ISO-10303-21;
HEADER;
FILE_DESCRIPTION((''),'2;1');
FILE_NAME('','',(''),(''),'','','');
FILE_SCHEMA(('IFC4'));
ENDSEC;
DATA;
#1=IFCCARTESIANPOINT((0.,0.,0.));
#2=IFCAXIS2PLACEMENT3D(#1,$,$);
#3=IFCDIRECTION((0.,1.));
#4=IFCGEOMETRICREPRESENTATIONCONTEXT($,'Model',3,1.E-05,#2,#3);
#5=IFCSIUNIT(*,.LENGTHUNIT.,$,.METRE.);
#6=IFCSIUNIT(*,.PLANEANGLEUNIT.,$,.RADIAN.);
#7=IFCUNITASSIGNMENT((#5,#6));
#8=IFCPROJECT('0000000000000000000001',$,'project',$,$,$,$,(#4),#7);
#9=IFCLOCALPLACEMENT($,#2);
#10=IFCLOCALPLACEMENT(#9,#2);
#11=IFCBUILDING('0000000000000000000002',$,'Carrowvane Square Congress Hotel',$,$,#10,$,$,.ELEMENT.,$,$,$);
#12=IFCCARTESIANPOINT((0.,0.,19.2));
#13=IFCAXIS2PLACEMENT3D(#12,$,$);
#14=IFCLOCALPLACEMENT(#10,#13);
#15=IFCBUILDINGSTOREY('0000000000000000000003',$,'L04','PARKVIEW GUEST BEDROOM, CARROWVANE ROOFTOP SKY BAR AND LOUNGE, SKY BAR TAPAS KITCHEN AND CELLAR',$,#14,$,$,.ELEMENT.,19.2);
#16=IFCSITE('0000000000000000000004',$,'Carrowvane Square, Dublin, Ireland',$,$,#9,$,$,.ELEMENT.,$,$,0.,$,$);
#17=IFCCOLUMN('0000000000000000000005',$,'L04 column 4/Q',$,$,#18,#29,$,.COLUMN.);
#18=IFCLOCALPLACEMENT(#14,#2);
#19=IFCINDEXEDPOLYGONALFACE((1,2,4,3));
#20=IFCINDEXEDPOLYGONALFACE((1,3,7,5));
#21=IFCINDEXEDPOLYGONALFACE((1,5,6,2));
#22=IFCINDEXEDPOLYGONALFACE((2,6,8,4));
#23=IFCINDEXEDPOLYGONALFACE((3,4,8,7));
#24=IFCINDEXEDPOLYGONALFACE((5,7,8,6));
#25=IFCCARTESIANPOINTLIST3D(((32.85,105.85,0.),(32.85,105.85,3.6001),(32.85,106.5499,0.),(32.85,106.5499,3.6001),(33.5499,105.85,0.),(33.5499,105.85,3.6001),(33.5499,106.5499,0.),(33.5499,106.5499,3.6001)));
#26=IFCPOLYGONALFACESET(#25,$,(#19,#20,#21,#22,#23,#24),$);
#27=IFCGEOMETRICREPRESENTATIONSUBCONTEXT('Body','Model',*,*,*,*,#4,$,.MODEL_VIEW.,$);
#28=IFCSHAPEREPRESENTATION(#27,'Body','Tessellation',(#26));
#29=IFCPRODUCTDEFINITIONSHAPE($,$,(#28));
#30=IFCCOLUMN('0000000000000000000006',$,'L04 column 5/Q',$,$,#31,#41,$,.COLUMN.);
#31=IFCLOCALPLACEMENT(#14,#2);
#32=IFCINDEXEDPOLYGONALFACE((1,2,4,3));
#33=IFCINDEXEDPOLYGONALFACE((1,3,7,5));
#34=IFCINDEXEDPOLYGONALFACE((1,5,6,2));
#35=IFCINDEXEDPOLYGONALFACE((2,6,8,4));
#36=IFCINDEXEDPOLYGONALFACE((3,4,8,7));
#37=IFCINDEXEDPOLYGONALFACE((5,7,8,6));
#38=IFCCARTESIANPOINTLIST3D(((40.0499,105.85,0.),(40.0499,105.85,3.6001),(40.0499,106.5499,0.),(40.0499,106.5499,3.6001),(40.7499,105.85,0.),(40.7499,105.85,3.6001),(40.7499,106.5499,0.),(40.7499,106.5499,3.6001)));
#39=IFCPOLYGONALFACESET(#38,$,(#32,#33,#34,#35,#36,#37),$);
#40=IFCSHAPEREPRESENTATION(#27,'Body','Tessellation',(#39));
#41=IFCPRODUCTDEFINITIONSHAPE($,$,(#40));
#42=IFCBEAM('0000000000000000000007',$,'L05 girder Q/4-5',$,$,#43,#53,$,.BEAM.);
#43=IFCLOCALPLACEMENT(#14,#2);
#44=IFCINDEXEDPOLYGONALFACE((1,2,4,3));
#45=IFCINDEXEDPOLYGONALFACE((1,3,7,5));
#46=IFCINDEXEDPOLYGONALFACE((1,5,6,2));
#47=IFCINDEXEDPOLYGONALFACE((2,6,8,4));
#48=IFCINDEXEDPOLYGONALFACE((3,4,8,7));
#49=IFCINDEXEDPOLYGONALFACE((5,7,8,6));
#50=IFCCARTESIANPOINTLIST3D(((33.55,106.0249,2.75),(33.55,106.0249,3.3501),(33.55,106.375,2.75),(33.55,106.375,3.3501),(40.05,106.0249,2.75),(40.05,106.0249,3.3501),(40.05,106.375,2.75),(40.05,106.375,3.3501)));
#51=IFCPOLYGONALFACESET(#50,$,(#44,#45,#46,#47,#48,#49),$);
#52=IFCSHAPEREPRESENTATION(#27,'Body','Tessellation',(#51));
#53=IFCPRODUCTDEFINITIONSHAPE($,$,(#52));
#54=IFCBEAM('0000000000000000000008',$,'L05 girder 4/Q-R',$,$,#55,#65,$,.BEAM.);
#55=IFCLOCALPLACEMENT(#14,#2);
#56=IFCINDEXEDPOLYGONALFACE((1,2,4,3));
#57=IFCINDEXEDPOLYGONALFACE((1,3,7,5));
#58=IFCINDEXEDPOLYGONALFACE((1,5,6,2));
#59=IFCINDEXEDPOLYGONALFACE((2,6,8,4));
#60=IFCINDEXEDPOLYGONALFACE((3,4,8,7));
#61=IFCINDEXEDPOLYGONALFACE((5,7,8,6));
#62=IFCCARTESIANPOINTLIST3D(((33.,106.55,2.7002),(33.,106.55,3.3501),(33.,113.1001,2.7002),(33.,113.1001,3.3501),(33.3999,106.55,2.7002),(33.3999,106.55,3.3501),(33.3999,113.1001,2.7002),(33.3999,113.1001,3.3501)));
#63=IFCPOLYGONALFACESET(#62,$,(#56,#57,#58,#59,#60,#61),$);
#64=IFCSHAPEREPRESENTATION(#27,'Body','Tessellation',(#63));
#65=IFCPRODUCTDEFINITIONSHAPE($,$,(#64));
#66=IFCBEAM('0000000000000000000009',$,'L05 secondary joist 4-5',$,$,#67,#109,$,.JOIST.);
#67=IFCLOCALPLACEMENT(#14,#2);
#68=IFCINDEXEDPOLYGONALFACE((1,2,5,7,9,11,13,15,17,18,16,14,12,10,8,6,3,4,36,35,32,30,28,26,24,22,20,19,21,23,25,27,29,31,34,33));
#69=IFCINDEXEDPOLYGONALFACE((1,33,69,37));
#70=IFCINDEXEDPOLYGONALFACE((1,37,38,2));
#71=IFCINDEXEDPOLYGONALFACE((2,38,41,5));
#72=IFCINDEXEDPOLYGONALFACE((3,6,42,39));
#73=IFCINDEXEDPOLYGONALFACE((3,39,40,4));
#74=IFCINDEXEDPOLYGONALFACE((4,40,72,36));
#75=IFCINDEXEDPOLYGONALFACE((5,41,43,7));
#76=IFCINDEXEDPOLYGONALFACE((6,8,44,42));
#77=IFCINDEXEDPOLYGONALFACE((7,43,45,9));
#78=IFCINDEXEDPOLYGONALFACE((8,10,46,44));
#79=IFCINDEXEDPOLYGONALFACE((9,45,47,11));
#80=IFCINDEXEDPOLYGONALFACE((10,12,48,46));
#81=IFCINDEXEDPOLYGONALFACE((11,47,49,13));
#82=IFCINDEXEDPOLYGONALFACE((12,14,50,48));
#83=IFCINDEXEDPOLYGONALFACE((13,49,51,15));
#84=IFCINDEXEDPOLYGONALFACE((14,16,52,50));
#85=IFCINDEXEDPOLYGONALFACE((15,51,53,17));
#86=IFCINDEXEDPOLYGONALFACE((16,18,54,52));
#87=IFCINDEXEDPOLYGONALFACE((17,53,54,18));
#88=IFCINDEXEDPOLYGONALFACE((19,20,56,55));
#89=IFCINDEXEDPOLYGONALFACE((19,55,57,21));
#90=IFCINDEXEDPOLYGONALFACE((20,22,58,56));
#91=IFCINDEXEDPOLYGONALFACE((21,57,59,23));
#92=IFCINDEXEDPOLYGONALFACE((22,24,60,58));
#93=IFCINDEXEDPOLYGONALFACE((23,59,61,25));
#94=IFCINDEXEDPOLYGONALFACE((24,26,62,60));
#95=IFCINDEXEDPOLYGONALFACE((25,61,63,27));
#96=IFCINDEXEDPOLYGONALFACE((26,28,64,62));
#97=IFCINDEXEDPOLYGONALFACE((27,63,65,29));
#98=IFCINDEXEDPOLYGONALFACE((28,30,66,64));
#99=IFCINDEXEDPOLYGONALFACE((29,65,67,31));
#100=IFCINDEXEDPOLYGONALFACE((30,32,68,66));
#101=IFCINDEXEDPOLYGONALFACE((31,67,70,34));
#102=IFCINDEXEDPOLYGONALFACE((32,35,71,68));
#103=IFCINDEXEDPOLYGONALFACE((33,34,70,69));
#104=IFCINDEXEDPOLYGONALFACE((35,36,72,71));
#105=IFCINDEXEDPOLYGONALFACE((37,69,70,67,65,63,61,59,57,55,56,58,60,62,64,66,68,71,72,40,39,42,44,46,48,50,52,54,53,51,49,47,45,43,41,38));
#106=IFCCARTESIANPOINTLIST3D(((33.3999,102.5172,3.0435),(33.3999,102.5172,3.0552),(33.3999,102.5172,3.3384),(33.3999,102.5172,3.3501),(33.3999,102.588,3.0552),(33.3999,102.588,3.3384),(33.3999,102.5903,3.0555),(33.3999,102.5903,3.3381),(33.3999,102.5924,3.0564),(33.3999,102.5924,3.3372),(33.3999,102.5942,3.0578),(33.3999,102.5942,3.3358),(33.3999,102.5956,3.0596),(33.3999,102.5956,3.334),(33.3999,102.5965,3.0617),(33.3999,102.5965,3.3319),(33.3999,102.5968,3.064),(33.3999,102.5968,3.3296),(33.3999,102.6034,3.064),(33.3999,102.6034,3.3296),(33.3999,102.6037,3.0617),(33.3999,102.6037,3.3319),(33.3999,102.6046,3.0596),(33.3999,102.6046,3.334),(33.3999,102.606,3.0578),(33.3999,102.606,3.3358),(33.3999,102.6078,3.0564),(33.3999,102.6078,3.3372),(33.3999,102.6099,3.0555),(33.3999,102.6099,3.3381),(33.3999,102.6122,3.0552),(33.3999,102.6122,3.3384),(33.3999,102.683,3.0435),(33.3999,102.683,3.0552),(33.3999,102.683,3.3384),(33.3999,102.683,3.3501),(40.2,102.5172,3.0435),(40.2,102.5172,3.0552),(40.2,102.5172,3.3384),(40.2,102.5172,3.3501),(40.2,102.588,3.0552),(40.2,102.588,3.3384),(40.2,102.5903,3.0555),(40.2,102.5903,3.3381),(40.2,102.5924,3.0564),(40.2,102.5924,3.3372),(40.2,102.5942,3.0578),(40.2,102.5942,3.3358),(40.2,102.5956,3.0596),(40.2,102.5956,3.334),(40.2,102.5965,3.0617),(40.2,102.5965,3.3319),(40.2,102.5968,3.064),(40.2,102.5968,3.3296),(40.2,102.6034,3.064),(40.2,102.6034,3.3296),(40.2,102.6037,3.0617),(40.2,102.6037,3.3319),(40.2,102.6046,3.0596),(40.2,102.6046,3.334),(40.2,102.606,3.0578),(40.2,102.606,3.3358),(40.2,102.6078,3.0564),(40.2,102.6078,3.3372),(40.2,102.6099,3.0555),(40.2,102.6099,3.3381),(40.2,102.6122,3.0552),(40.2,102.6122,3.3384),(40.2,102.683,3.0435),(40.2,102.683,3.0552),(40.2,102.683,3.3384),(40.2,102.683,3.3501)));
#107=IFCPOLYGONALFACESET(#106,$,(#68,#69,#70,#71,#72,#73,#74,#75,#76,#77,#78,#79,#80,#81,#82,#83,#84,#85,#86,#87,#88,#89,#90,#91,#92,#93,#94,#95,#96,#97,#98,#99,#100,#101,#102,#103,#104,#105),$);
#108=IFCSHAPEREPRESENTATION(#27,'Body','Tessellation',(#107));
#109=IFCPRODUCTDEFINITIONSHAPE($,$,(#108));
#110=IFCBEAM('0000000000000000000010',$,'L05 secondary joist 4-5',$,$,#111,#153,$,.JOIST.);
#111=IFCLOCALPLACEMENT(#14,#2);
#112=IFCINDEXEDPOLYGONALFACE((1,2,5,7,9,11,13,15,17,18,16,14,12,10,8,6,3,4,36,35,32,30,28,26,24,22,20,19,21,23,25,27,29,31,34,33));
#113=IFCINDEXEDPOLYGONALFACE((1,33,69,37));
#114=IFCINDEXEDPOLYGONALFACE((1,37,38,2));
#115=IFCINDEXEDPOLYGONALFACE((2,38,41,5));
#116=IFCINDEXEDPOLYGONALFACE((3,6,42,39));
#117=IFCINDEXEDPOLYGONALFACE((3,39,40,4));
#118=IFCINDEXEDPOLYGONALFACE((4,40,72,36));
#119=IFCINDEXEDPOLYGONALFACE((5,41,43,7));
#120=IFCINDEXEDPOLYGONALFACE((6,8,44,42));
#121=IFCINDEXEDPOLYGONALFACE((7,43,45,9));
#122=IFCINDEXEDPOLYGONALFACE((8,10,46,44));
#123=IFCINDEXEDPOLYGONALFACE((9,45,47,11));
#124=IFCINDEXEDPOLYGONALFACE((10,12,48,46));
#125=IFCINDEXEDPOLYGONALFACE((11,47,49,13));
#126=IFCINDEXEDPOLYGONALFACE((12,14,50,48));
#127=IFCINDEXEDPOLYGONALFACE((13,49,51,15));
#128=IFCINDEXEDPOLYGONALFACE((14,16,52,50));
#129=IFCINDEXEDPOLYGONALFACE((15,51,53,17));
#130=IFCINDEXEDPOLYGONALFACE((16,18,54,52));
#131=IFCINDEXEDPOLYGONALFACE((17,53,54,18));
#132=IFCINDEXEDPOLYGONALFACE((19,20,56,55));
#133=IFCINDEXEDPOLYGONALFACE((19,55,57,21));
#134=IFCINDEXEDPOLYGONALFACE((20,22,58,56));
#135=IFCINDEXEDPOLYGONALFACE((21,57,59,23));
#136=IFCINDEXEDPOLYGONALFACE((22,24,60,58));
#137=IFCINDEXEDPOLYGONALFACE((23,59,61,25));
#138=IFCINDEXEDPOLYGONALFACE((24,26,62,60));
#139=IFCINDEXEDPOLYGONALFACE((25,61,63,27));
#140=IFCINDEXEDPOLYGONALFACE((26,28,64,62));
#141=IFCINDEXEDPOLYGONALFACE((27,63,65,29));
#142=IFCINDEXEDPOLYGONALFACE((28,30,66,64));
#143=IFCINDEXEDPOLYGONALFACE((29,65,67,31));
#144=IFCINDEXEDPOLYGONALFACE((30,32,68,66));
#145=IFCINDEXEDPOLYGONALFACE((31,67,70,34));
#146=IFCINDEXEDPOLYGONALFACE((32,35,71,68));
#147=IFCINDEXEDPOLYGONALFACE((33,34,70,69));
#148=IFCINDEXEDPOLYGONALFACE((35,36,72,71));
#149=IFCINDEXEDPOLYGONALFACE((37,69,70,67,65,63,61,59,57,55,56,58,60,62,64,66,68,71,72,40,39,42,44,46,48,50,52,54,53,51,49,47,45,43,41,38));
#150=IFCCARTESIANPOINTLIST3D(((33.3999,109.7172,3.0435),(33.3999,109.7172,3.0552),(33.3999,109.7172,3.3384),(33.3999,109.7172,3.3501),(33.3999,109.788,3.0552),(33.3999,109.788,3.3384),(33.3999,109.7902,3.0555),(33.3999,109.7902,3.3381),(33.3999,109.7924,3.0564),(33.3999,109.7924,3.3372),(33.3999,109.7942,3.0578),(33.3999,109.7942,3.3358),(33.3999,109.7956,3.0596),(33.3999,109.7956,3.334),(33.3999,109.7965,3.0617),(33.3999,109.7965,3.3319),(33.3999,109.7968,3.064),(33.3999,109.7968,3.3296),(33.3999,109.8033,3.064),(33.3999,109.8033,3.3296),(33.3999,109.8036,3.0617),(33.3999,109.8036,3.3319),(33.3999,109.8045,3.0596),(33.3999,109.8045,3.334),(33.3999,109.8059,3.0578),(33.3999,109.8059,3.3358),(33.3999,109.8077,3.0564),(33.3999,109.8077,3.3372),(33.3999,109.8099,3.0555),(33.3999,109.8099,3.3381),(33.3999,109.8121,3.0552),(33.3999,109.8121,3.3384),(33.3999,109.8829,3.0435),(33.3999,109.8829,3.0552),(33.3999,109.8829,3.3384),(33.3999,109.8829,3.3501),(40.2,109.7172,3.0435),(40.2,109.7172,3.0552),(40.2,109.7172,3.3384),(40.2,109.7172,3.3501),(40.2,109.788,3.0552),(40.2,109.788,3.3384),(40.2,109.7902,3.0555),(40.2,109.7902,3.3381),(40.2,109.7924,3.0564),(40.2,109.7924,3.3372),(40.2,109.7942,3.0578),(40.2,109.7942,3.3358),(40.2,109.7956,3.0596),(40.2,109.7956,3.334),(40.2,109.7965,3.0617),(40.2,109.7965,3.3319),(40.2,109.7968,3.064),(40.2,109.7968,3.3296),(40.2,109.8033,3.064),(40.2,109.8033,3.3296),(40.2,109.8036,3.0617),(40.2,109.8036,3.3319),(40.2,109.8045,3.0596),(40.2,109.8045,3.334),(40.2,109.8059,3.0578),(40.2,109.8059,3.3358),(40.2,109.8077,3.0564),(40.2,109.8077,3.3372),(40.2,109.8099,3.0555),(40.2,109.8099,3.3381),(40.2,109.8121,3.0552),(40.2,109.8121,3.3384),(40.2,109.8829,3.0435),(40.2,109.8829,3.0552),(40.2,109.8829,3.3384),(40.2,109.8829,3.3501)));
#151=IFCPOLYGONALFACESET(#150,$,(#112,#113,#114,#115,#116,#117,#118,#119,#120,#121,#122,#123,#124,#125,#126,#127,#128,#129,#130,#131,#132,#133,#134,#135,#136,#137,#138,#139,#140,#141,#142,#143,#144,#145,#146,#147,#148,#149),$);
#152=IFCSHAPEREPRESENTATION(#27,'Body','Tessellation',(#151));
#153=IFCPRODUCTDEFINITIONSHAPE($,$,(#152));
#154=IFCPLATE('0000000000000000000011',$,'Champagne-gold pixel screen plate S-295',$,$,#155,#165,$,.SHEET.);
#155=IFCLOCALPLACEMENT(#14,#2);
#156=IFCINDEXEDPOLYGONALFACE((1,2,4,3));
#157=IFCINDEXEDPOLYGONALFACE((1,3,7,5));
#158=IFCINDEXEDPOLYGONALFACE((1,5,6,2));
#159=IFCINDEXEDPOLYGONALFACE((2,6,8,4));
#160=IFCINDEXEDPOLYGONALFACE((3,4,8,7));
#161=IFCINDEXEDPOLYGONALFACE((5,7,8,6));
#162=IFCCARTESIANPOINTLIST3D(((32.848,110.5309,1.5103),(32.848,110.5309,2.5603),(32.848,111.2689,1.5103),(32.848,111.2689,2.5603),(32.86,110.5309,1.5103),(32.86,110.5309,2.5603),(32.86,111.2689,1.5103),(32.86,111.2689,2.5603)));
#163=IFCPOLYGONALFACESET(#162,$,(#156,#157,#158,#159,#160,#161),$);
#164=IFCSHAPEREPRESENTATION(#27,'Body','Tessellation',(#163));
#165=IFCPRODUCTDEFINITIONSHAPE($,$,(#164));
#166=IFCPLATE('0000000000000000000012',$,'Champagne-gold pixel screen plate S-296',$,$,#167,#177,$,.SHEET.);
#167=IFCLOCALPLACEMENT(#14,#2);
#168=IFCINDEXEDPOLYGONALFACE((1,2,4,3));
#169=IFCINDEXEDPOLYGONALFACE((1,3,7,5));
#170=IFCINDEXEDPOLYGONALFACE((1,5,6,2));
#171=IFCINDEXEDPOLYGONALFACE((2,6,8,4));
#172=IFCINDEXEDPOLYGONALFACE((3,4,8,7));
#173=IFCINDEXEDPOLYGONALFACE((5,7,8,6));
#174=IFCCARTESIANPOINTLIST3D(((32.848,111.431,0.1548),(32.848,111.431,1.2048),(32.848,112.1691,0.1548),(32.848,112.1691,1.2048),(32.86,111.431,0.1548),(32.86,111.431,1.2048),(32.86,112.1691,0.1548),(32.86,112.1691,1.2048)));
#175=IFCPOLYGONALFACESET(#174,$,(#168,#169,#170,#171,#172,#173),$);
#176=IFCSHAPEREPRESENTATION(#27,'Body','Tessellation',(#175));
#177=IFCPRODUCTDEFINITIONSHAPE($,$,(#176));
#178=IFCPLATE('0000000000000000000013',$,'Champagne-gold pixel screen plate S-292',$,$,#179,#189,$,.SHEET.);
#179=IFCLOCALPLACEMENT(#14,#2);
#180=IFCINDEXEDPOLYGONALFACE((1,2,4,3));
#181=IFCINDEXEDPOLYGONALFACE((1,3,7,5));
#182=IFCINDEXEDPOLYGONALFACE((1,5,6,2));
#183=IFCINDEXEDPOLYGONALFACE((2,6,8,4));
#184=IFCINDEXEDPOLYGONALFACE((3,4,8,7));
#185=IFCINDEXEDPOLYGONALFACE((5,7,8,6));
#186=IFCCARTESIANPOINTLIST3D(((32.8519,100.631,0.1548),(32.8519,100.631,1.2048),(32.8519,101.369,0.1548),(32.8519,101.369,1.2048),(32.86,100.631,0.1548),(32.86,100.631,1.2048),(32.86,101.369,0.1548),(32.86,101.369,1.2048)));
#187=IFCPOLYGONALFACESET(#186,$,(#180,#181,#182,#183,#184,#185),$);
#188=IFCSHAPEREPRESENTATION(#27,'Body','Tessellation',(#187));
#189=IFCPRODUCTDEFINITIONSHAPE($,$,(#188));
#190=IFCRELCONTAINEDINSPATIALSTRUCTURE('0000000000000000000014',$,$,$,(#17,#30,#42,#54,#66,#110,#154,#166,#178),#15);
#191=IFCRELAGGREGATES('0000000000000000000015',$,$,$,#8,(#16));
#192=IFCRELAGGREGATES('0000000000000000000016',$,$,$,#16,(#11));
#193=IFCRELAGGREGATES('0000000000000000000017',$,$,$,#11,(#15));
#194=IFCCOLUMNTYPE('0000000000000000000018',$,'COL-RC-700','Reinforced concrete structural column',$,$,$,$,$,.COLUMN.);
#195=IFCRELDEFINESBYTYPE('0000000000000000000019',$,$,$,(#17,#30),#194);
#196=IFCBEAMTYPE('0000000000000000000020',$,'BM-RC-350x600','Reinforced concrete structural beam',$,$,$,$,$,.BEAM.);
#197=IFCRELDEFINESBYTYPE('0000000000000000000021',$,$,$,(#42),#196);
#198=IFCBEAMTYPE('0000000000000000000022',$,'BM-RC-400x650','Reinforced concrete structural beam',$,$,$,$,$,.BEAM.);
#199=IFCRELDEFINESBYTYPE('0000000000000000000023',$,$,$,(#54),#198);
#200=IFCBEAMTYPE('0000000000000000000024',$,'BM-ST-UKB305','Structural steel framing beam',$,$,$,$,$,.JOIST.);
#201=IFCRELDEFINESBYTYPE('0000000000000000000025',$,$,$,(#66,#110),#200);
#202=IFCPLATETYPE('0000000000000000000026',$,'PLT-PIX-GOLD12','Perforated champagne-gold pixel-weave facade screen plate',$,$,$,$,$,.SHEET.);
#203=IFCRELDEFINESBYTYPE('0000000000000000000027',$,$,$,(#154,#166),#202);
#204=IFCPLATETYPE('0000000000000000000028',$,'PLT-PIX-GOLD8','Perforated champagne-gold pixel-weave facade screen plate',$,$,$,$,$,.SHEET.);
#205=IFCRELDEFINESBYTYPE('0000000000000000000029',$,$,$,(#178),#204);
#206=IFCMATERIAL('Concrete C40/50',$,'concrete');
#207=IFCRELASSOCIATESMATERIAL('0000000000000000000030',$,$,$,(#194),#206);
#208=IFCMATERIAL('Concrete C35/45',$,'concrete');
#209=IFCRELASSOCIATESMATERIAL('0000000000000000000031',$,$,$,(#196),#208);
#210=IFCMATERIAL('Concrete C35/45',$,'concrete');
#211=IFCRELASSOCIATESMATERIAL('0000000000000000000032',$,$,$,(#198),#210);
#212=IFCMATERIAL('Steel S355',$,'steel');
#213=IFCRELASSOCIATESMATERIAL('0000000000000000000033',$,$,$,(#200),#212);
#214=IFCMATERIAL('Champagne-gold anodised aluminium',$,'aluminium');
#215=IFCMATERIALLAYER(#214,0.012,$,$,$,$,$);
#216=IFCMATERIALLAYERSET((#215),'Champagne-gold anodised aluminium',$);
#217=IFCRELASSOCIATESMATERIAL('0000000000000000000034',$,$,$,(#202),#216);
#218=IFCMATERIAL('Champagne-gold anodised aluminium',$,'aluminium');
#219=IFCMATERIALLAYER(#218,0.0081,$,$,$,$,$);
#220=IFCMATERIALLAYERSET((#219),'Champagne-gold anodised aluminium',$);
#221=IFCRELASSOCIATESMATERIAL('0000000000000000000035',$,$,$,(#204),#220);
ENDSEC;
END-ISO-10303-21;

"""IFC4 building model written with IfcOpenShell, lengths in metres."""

from ifc_helpers import new_model, si_unit, direction, frame, origin, origin_2d, place, context, subcontext, project, spatial, rectangle, i_section, extrude, material, layer, layer_set, material_profile, profile_set, type_object, element, save


model = new_model("IFC4")

# Units and contexts
model_context = context("Model", 3, precision=1e-05, world=origin(), true_north=direction((0.0, 1.0)))
body_context = subcontext(model_context, "Body", "Model", "MODEL_VIEW")
ifc_project = project(units=[si_unit("LENGTHUNIT", "METRE"), si_unit("PLANEANGLEUNIT", "RADIAN")], contexts=[model_context])

# Site, building, storey
site_placement = place(None, origin())
site = spatial("IfcSite", under=ifc_project, at=site_placement, Name="Carrowvane Square, Dublin, Ireland", CompositionType="ELEMENT", RefElevation=0.0)
building_placement = place(site_placement, origin())
building = spatial("IfcBuilding", under=site, at=building_placement, Name="Carrowvane Square Congress Hotel", CompositionType="ELEMENT")
storey_placement = place(building_placement, frame((0.0, 0.0, 19.2)))
storey = spatial("IfcBuildingStorey", under=building, at=storey_placement, Name="L04", Description="PARKVIEW GUEST BEDROOM, CARROWVANE ROOFTOP SKY BAR AND LOUNGE, SKY BAR TAPAS KITCHEN AND CELLAR", CompositionType="ELEMENT", Elevation=19.2)

# Columns
ifc_material_1 = material(Name="Concrete C40/50", Category="concrete")
ifc_material_profile_1 = material_profile(ifc_material_1, rectangle(XDim=0.7, YDim=0.7, at=origin_2d()), Name="RC 700x700")
ifc_profile_set_1 = profile_set([ifc_material_profile_1], Name="Concrete C40/50")
column_type = type_object("IfcColumnType", Name="COL-RC-700", Description="Reinforced concrete structural column", PredefinedType="COLUMN", material=ifc_profile_set_1)
for number, where, z_axis, x_axis, name in (
    (1, (33.2, 106.2, 0.0), (0.0, 0.0, 1.0), (1.0, 0.0, 0.0), "L04 column 4/Q"),
    (2, (40.3999, 106.2, 0.0), (0.0, 0.0, 1.0), (1.0, 0.0, 0.0), "L04 column 5/Q"),
):
    element("IfcColumn", number, at=place(storey_placement, frame(where, z_axis=z_axis, x_axis=x_axis)), inside=storey, type_object=column_type, Name=name, PredefinedType="COLUMN", context=body_context, shape_type="SweptSolid", body=[
        extrude(rectangle(XDim=0.7, YDim=0.7, at=origin_2d()), origin(), (0.0, 0.0, 1.0), 3.6001),
    ])

# Beams
ifc_material_2 = material(Name="Concrete C35/45", Category="concrete")
ifc_material_profile_2 = material_profile(ifc_material_2, rectangle(XDim=0.3501, YDim=0.6001, at=origin_2d()), Name="RC 350x600")
ifc_profile_set_2 = profile_set([ifc_material_profile_2], Name="Concrete C35/45")
beam_type_1 = type_object("IfcBeamType", Name="BM-RC-350x600", Description="Reinforced concrete structural beam", PredefinedType="BEAM", material=ifc_profile_set_2)
beam_1_placement = place(storey_placement, frame((33.55, 106.2, 3.05), z_axis=(1.0, 0.0, 0.0), x_axis=(0.0, 1.0, 0.0)))
element("IfcBeam", 3, at=beam_1_placement, inside=storey, type_object=beam_type_1, Name="L05 girder Q/4-5", PredefinedType="BEAM", context=body_context, shape_type="SweptSolid", body=[
    extrude(rectangle(XDim=0.3501, YDim=0.6001, at=origin_2d()), origin(), (0.0, 0.0, 1.0), 6.5),
])
ifc_material_3 = material(Name="Concrete C35/45", Category="concrete")
ifc_material_profile_3 = material_profile(ifc_material_3, rectangle(XDim=0.3999, YDim=0.6499, at=origin_2d()), Name="RC 400x650")
ifc_profile_set_3 = profile_set([ifc_material_profile_3], Name="Concrete C35/45")
beam_type_2 = type_object("IfcBeamType", Name="BM-RC-400x650", Description="Reinforced concrete structural beam", PredefinedType="BEAM", material=ifc_profile_set_3)
beam_2_placement = place(storey_placement, frame((33.2, 106.55, 3.0251), z_axis=(0.0, 1.0, 0.0), x_axis=(-1.0, 0.0, 0.0)))
element("IfcBeam", 4, at=beam_2_placement, inside=storey, type_object=beam_type_2, Name="L05 girder 4/Q-R", PredefinedType="BEAM", context=body_context, shape_type="SweptSolid", body=[
    extrude(rectangle(XDim=0.3999, YDim=0.6499, at=origin_2d()), origin(), (0.0, 0.0, 1.0), 6.55),
])
ifc_material_4 = material(Name="Steel S355", Category="steel")
ifc_material_profile_4 = material_profile(ifc_material_4, i_section(OverallWidth=0.1658, OverallDepth=0.3066, WebThickness=0.0066, FlangeThickness=0.0117, FilletRadius=0.0088, at=origin_2d()), Name="UKB 305x165x46")
ifc_profile_set_4 = profile_set([ifc_material_profile_4], Name="Steel S355")
beam_type_3 = type_object("IfcBeamType", Name="BM-ST-UKB305", Description="Structural steel framing beam", PredefinedType="JOIST", material=ifc_profile_set_4)
for number, where, z_axis, x_axis, name in (
    (5, (33.3999, 102.6001, 3.1968), (1.0, 0.0, 0.0), (0.0, 1.0, 0.0), "L05 secondary joist 4-5"),
    (6, (33.3999, 109.8, 3.1968), (1.0, 0.0, 0.0), (0.0, 1.0, 0.0), "L05 secondary joist 4-5"),
):
    element("IfcBeam", number, at=place(storey_placement, frame(where, z_axis=z_axis, x_axis=x_axis)), inside=storey, type_object=beam_type_3, Name=name, PredefinedType="JOIST", context=body_context, shape_type="SweptSolid", body=[
        extrude(i_section(OverallWidth=0.1658, OverallDepth=0.3066, WebThickness=0.0066, FlangeThickness=0.0117, FilletRadius=0.0088, at=origin_2d()), origin(), (0.0, 0.0, 1.0), 6.8),
    ])

# Plates
ifc_material_5 = material(Name="Champagne-gold anodised aluminium", Category="aluminium")
ifc_layer_1 = layer(ifc_material_5, 0.012)
ifc_layer_set_1 = layer_set([ifc_layer_1], Name="Champagne-gold anodised aluminium")
plate_type_1 = type_object("IfcPlateType", Name="PLT-PIX-GOLD12", Description="Perforated champagne-gold pixel-weave facade screen plate", PredefinedType="SHEET", material=ifc_layer_set_1)
for number, where, z_axis, x_axis, name in (
    (7, (32.854, 110.8999, 1.5103), (0.0, 0.0, 1.0), (0.0, 1.0, 0.0), "Champagne-gold pixel screen plate S-295"),
    (8, (32.854, 111.8, 0.1548), (0.0, 0.0, 1.0), (0.0, 1.0, 0.0), "Champagne-gold pixel screen plate S-296"),
):
    element("IfcPlate", number, at=place(storey_placement, frame(where, z_axis=z_axis, x_axis=x_axis)), inside=storey, type_object=plate_type_1, Name=name, PredefinedType="SHEET", context=body_context, shape_type="SweptSolid", body=[
        extrude(rectangle(XDim=0.738, YDim=0.012, at=origin_2d()), origin(), (0.0, 0.0, 1.0), 1.05),
    ])
ifc_material_6 = material(Name="Champagne-gold anodised aluminium", Category="aluminium")
ifc_layer_2 = layer(ifc_material_6, 0.0081)
ifc_layer_set_2 = layer_set([ifc_layer_2], Name="Champagne-gold anodised aluminium")
plate_type_2 = type_object("IfcPlateType", Name="PLT-PIX-GOLD8", Description="Perforated champagne-gold pixel-weave facade screen plate", PredefinedType="SHEET", material=ifc_layer_set_2)
for number, where, z_axis, x_axis, name in (
    (9, (32.856, 101.0, 0.1548), (0.0, 0.0, 1.0), (0.0, 1.0, 0.0), "Champagne-gold pixel screen plate S-292"),
):
    element("IfcPlate", number, at=place(storey_placement, frame(where, z_axis=z_axis, x_axis=x_axis)), inside=storey, type_object=plate_type_2, Name=name, PredefinedType="SHEET", context=body_context, shape_type="SweptSolid", body=[
        extrude(rectangle(XDim=0.738, YDim=0.0081, at=origin_2d()), origin(), (0.0, 0.0, 1.0), 1.05),
    ])

save(model, "model.ifc")
